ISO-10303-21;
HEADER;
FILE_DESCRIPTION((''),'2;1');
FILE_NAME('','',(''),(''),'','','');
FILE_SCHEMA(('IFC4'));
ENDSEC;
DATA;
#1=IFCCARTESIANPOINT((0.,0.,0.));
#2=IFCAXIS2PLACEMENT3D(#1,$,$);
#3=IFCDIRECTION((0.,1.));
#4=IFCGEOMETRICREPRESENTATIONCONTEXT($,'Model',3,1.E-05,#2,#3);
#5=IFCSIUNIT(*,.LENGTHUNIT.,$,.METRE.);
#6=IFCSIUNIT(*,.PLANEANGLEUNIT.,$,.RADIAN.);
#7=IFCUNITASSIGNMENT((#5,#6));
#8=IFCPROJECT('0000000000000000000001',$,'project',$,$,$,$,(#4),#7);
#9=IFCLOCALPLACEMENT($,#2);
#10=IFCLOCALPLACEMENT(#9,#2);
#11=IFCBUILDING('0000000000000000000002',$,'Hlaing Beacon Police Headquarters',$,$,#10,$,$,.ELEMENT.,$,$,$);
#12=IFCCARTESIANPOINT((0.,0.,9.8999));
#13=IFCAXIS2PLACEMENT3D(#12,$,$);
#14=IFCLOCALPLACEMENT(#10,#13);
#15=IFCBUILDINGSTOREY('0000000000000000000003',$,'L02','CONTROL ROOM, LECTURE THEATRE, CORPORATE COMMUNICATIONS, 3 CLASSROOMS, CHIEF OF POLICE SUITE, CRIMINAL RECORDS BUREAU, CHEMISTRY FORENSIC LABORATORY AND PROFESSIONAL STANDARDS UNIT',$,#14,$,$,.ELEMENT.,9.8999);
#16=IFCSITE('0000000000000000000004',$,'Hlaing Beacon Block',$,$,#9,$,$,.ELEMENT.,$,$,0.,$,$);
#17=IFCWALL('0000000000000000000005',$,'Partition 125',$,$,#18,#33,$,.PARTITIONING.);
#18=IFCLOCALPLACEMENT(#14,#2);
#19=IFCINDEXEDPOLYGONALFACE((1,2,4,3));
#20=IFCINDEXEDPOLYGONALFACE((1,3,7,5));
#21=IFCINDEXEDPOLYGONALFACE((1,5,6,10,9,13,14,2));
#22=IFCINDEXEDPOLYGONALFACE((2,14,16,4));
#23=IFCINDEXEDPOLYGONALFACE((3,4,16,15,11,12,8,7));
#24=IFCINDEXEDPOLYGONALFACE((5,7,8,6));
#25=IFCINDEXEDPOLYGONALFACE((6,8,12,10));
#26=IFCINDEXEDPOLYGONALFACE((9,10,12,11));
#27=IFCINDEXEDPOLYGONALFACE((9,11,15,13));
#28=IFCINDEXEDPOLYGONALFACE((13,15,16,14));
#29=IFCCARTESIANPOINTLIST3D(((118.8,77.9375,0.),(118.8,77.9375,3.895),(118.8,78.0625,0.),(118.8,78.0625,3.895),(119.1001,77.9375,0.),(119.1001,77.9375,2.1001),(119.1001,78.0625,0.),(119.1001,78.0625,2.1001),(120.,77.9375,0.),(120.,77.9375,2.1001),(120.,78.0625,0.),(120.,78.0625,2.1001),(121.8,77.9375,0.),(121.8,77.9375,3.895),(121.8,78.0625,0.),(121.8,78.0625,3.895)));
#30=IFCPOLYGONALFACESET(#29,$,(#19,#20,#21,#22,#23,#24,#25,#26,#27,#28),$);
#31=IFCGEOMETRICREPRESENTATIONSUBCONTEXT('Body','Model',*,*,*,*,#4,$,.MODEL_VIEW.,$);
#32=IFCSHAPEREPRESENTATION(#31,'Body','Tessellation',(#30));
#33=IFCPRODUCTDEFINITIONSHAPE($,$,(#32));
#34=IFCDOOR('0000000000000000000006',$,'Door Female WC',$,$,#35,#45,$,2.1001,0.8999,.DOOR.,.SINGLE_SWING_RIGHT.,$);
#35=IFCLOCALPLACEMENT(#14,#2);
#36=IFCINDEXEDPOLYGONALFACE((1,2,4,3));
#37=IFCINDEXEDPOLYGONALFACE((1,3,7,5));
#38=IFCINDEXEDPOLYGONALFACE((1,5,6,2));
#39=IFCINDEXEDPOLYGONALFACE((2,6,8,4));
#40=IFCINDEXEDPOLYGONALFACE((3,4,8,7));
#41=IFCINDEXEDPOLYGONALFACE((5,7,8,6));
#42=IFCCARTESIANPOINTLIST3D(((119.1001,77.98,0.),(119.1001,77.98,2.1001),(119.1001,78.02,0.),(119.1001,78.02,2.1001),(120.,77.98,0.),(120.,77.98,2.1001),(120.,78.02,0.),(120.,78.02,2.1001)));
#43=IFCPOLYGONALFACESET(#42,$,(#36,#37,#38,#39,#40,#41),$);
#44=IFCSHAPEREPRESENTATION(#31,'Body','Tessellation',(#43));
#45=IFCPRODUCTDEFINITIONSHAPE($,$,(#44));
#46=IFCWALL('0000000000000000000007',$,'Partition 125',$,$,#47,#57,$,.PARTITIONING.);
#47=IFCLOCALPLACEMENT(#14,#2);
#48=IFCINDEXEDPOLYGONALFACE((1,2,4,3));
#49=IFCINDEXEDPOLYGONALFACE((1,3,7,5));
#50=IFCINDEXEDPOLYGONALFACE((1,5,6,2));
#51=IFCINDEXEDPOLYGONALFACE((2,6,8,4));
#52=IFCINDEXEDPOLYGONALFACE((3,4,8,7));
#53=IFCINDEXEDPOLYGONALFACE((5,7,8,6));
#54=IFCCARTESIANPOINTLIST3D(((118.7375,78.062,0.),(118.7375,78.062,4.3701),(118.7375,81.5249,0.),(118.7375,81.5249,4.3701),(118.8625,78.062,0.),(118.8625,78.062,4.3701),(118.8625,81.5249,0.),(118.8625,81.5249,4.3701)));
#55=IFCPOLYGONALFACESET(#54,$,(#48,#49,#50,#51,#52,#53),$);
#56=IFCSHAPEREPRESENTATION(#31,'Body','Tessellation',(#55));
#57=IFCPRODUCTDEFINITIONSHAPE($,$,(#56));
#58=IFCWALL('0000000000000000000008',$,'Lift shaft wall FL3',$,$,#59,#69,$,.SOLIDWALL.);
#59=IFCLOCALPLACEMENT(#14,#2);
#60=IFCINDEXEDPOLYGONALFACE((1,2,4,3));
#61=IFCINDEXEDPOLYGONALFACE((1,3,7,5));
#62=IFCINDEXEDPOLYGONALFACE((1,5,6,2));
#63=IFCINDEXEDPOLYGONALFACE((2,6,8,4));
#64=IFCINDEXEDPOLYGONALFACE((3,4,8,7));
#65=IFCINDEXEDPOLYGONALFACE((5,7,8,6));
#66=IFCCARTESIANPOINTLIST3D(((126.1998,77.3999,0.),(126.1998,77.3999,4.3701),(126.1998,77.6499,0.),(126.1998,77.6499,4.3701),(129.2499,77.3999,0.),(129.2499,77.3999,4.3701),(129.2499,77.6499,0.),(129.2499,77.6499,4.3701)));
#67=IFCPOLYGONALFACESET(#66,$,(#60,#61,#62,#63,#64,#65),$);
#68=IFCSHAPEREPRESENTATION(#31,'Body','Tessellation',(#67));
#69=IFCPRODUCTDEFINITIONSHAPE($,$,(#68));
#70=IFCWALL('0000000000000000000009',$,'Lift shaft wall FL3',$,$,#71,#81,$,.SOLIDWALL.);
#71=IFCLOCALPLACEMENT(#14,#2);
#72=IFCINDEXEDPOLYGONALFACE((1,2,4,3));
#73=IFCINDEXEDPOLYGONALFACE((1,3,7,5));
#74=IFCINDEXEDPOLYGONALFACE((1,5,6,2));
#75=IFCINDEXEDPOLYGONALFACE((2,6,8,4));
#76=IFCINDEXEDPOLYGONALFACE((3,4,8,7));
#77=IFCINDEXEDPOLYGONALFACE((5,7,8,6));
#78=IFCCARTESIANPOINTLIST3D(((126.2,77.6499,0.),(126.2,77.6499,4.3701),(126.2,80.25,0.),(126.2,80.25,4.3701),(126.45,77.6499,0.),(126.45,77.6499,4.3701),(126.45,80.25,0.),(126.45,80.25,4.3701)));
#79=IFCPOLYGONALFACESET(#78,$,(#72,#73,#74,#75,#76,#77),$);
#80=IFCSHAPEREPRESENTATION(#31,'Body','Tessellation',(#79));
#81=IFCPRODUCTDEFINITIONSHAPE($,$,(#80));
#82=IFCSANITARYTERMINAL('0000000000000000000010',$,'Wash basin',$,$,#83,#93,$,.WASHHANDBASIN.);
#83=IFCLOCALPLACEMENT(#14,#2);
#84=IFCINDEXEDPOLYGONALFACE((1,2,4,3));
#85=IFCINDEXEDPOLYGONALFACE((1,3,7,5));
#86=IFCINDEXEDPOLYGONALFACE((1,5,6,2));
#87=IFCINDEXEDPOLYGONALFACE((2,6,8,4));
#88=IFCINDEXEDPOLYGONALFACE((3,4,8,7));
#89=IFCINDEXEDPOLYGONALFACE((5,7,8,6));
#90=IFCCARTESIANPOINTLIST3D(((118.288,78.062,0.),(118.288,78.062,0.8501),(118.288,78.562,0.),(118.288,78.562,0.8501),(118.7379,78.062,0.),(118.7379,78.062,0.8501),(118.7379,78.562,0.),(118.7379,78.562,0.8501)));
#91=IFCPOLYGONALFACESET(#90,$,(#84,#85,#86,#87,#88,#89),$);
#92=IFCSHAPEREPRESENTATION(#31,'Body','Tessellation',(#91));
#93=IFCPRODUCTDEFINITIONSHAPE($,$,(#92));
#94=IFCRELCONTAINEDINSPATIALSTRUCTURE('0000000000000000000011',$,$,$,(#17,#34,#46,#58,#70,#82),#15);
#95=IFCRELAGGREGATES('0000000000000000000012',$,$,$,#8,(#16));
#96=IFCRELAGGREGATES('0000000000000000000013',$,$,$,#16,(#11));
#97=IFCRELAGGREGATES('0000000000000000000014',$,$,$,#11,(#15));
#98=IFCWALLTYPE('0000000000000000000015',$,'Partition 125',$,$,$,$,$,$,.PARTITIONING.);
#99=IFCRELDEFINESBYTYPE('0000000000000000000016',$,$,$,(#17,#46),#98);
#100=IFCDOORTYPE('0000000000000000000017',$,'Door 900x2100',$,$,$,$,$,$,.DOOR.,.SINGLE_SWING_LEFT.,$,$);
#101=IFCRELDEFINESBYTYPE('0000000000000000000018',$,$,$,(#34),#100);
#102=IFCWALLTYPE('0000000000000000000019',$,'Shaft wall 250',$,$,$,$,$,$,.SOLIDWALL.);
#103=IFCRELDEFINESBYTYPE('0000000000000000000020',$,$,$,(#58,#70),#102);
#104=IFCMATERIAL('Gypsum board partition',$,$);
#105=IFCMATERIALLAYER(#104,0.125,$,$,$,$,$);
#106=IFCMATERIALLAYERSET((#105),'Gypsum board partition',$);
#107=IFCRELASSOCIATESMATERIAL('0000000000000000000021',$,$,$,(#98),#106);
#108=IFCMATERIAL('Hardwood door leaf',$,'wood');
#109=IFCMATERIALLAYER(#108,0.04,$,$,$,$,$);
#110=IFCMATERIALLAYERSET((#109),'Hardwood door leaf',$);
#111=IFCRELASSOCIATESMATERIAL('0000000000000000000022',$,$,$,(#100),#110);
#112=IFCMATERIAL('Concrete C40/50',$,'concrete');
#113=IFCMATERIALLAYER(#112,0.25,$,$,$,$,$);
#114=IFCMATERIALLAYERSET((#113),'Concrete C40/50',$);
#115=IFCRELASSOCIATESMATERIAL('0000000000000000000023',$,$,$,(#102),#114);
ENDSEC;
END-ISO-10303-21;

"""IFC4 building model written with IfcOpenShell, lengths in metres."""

from ifc_helpers import new_model, si_unit, direction, frame, frame_2d, origin, origin_2d, place, context, subcontext, project, spatial, rectangle, extrude, material, layer, layer_set, type_object, element, fill, save


model = new_model("IFC4")

# Units and contexts
model_context = context("Model", 3, precision=1e-05, world=origin(), true_north=direction((0.0, 1.0)))
body_context = subcontext(model_context, "Body", "Model", "MODEL_VIEW")
ifc_project = project(units=[si_unit("LENGTHUNIT", "METRE"), si_unit("PLANEANGLEUNIT", "RADIAN")], contexts=[model_context])

# Site, building, storey
site_placement = place(None, origin())
site = spatial("IfcSite", under=ifc_project, at=site_placement, Name="Hlaing Beacon Block", CompositionType="ELEMENT", RefElevation=0.0)
building_placement = place(site_placement, origin())
building = spatial("IfcBuilding", under=site, at=building_placement, Name="Hlaing Beacon Police Headquarters", CompositionType="ELEMENT")
storey_placement = place(building_placement, frame((0.0, 0.0, 9.8999)))
storey = spatial("IfcBuildingStorey", under=building, at=storey_placement, Name="L02", Description="CONTROL ROOM, LECTURE THEATRE, CORPORATE COMMUNICATIONS, 3 CLASSROOMS, CHIEF OF POLICE SUITE, CRIMINAL RECORDS BUREAU, CHEMISTRY FORENSIC LABORATORY AND PROFESSIONAL STANDARDS UNIT", CompositionType="ELEMENT", Elevation=9.8999)

# Shared definitions
ifc_material_1 = material(Name="Gypsum board partition")
ifc_layer_1 = layer(ifc_material_1, 0.125)
ifc_layer_set_1 = layer_set([ifc_layer_1], Name="Gypsum board partition")
wall_type_1 = type_object("IfcWallType", Name="Partition 125", PredefinedType="PARTITIONING", material=ifc_layer_set_1)

# Wall, opening, door
wall_1_placement = place(storey_placement, frame((118.8, 78.0, 0.0), z_axis=(0.0, 0.0, 1.0), x_axis=(1.0, 0.0, 0.0)))
wall_1 = element("IfcWall", 1, at=wall_1_placement, inside=storey, type_object=wall_type_1, Name="Partition 125", PredefinedType="PARTITIONING", context=body_context, shape_type="SweptSolid", body=[
    extrude(rectangle(XDim=3.0, YDim=0.125, at=frame_2d((1.5, 0.0))), origin(), (0.0, 0.0, 1.0), 3.895),
])
opening_1_placement = place(wall_1_placement, frame((0.3, 0.0, 0.0)))
opening_1 = element("IfcOpeningElement", 2, at=opening_1_placement, cuts=wall_1, PredefinedType="OPENING", context=body_context, shape_type="SweptSolid", body=[
    extrude(rectangle(XDim=0.8999, YDim=2.1001, at=frame_2d((0.45, 1.05))), frame((0.0, 0.0725, 0.0), z_axis=(0.0, -1.0, 0.0), x_axis=(1.0, 0.0, 0.0)), (0.0, 0.0, 1.0), 0.145),
])
ifc_material_2 = material(Name="Hardwood door leaf", Category="wood")
ifc_layer_2 = layer(ifc_material_2, 0.04)
ifc_layer_set_2 = layer_set([ifc_layer_2], Name="Hardwood door leaf")
door_type_1 = type_object("IfcDoorType", Name="Door 900x2100", OperationType="SINGLE_SWING_LEFT", PredefinedType="DOOR", material=ifc_layer_set_2)
door_1_placement = place(opening_1_placement, origin())
door_1 = element("IfcDoor", 3, at=door_1_placement, inside=storey, type_object=door_type_1, Name="Door Female WC", OperationType="SINGLE_SWING_RIGHT", OverallHeight=2.1001, OverallWidth=0.8999, PredefinedType="DOOR", context=body_context, shape_type="SweptSolid", body=[
    extrude(rectangle(XDim=0.8999, YDim=2.1001, at=frame_2d((0.45, 1.05))), frame((0.0, 0.02, 0.0), z_axis=(0.0, -1.0, 0.0), x_axis=(1.0, 0.0, 0.0)), (0.0, 0.0, 1.0), 0.04),
])
fill(opening_1, door_1)

# Walls
wall_2_placement = place(storey_placement, frame((118.8, 78.062, 0.0), z_axis=(0.0, 0.0, 1.0), x_axis=(0.0, 1.0, 0.0)))
element("IfcWall", 4, at=wall_2_placement, inside=storey, type_object=wall_type_1, Name="Partition 125", PredefinedType="PARTITIONING", context=body_context, shape_type="SweptSolid", body=[
    extrude(rectangle(XDim=3.4629, YDim=0.125, at=frame_2d((1.7314, 0.0))), origin(), (0.0, 0.0, 1.0), 4.3701),
])
ifc_material_3 = material(Name="Concrete C40/50", Category="concrete")
ifc_layer_3 = layer(ifc_material_3, 0.25)
ifc_layer_set_3 = layer_set([ifc_layer_3], Name="Concrete C40/50")
wall_type_2 = type_object("IfcWallType", Name="Shaft wall 250", PredefinedType="SOLIDWALL", material=ifc_layer_set_3)
wall_3_placement = place(storey_placement, frame((126.2, 77.5249, 0.0), z_axis=(0.0, 0.0, 1.0), x_axis=(1.0, 0.0, 0.0)))
element("IfcWall", 5, at=wall_3_placement, inside=storey, type_object=wall_type_2, Name="Lift shaft wall FL3", PredefinedType="SOLIDWALL", context=body_context, shape_type="SweptSolid", body=[
    extrude(rectangle(XDim=3.05, YDim=0.25, at=frame_2d((1.5249, 0.0))), origin(), (0.0, 0.0, 1.0), 4.3701),
])
wall_4_placement = place(storey_placement, frame((126.325, 77.6499, 0.0), z_axis=(0.0, 0.0, 1.0), x_axis=(0.0, 1.0, 0.0)))
element("IfcWall", 6, at=wall_4_placement, inside=storey, type_object=wall_type_2, Name="Lift shaft wall FL3", PredefinedType="SOLIDWALL", context=body_context, shape_type="SweptSolid", body=[
    extrude(rectangle(XDim=2.6001, YDim=0.25, at=frame_2d((1.3, 0.0))), origin(), (0.0, 0.0, 1.0), 4.3701),
])

# Sanitary terminal
sanitary_terminal_placement = place(storey_placement, frame((118.5129, 78.312, 0.0), z_axis=(0.0, 0.0, 1.0), x_axis=(1.0, 0.0, 0.0)))
element("IfcSanitaryTerminal", 7, at=sanitary_terminal_placement, inside=storey, Name="Wash basin", PredefinedType="WASHHANDBASIN", context=body_context, shape_type="SweptSolid", body=[
    extrude(rectangle(XDim=0.45, YDim=0.5, at=origin_2d()), origin(), (0.0, 0.0, 1.0), 0.8501),
])

save(model, "model.ifc")
